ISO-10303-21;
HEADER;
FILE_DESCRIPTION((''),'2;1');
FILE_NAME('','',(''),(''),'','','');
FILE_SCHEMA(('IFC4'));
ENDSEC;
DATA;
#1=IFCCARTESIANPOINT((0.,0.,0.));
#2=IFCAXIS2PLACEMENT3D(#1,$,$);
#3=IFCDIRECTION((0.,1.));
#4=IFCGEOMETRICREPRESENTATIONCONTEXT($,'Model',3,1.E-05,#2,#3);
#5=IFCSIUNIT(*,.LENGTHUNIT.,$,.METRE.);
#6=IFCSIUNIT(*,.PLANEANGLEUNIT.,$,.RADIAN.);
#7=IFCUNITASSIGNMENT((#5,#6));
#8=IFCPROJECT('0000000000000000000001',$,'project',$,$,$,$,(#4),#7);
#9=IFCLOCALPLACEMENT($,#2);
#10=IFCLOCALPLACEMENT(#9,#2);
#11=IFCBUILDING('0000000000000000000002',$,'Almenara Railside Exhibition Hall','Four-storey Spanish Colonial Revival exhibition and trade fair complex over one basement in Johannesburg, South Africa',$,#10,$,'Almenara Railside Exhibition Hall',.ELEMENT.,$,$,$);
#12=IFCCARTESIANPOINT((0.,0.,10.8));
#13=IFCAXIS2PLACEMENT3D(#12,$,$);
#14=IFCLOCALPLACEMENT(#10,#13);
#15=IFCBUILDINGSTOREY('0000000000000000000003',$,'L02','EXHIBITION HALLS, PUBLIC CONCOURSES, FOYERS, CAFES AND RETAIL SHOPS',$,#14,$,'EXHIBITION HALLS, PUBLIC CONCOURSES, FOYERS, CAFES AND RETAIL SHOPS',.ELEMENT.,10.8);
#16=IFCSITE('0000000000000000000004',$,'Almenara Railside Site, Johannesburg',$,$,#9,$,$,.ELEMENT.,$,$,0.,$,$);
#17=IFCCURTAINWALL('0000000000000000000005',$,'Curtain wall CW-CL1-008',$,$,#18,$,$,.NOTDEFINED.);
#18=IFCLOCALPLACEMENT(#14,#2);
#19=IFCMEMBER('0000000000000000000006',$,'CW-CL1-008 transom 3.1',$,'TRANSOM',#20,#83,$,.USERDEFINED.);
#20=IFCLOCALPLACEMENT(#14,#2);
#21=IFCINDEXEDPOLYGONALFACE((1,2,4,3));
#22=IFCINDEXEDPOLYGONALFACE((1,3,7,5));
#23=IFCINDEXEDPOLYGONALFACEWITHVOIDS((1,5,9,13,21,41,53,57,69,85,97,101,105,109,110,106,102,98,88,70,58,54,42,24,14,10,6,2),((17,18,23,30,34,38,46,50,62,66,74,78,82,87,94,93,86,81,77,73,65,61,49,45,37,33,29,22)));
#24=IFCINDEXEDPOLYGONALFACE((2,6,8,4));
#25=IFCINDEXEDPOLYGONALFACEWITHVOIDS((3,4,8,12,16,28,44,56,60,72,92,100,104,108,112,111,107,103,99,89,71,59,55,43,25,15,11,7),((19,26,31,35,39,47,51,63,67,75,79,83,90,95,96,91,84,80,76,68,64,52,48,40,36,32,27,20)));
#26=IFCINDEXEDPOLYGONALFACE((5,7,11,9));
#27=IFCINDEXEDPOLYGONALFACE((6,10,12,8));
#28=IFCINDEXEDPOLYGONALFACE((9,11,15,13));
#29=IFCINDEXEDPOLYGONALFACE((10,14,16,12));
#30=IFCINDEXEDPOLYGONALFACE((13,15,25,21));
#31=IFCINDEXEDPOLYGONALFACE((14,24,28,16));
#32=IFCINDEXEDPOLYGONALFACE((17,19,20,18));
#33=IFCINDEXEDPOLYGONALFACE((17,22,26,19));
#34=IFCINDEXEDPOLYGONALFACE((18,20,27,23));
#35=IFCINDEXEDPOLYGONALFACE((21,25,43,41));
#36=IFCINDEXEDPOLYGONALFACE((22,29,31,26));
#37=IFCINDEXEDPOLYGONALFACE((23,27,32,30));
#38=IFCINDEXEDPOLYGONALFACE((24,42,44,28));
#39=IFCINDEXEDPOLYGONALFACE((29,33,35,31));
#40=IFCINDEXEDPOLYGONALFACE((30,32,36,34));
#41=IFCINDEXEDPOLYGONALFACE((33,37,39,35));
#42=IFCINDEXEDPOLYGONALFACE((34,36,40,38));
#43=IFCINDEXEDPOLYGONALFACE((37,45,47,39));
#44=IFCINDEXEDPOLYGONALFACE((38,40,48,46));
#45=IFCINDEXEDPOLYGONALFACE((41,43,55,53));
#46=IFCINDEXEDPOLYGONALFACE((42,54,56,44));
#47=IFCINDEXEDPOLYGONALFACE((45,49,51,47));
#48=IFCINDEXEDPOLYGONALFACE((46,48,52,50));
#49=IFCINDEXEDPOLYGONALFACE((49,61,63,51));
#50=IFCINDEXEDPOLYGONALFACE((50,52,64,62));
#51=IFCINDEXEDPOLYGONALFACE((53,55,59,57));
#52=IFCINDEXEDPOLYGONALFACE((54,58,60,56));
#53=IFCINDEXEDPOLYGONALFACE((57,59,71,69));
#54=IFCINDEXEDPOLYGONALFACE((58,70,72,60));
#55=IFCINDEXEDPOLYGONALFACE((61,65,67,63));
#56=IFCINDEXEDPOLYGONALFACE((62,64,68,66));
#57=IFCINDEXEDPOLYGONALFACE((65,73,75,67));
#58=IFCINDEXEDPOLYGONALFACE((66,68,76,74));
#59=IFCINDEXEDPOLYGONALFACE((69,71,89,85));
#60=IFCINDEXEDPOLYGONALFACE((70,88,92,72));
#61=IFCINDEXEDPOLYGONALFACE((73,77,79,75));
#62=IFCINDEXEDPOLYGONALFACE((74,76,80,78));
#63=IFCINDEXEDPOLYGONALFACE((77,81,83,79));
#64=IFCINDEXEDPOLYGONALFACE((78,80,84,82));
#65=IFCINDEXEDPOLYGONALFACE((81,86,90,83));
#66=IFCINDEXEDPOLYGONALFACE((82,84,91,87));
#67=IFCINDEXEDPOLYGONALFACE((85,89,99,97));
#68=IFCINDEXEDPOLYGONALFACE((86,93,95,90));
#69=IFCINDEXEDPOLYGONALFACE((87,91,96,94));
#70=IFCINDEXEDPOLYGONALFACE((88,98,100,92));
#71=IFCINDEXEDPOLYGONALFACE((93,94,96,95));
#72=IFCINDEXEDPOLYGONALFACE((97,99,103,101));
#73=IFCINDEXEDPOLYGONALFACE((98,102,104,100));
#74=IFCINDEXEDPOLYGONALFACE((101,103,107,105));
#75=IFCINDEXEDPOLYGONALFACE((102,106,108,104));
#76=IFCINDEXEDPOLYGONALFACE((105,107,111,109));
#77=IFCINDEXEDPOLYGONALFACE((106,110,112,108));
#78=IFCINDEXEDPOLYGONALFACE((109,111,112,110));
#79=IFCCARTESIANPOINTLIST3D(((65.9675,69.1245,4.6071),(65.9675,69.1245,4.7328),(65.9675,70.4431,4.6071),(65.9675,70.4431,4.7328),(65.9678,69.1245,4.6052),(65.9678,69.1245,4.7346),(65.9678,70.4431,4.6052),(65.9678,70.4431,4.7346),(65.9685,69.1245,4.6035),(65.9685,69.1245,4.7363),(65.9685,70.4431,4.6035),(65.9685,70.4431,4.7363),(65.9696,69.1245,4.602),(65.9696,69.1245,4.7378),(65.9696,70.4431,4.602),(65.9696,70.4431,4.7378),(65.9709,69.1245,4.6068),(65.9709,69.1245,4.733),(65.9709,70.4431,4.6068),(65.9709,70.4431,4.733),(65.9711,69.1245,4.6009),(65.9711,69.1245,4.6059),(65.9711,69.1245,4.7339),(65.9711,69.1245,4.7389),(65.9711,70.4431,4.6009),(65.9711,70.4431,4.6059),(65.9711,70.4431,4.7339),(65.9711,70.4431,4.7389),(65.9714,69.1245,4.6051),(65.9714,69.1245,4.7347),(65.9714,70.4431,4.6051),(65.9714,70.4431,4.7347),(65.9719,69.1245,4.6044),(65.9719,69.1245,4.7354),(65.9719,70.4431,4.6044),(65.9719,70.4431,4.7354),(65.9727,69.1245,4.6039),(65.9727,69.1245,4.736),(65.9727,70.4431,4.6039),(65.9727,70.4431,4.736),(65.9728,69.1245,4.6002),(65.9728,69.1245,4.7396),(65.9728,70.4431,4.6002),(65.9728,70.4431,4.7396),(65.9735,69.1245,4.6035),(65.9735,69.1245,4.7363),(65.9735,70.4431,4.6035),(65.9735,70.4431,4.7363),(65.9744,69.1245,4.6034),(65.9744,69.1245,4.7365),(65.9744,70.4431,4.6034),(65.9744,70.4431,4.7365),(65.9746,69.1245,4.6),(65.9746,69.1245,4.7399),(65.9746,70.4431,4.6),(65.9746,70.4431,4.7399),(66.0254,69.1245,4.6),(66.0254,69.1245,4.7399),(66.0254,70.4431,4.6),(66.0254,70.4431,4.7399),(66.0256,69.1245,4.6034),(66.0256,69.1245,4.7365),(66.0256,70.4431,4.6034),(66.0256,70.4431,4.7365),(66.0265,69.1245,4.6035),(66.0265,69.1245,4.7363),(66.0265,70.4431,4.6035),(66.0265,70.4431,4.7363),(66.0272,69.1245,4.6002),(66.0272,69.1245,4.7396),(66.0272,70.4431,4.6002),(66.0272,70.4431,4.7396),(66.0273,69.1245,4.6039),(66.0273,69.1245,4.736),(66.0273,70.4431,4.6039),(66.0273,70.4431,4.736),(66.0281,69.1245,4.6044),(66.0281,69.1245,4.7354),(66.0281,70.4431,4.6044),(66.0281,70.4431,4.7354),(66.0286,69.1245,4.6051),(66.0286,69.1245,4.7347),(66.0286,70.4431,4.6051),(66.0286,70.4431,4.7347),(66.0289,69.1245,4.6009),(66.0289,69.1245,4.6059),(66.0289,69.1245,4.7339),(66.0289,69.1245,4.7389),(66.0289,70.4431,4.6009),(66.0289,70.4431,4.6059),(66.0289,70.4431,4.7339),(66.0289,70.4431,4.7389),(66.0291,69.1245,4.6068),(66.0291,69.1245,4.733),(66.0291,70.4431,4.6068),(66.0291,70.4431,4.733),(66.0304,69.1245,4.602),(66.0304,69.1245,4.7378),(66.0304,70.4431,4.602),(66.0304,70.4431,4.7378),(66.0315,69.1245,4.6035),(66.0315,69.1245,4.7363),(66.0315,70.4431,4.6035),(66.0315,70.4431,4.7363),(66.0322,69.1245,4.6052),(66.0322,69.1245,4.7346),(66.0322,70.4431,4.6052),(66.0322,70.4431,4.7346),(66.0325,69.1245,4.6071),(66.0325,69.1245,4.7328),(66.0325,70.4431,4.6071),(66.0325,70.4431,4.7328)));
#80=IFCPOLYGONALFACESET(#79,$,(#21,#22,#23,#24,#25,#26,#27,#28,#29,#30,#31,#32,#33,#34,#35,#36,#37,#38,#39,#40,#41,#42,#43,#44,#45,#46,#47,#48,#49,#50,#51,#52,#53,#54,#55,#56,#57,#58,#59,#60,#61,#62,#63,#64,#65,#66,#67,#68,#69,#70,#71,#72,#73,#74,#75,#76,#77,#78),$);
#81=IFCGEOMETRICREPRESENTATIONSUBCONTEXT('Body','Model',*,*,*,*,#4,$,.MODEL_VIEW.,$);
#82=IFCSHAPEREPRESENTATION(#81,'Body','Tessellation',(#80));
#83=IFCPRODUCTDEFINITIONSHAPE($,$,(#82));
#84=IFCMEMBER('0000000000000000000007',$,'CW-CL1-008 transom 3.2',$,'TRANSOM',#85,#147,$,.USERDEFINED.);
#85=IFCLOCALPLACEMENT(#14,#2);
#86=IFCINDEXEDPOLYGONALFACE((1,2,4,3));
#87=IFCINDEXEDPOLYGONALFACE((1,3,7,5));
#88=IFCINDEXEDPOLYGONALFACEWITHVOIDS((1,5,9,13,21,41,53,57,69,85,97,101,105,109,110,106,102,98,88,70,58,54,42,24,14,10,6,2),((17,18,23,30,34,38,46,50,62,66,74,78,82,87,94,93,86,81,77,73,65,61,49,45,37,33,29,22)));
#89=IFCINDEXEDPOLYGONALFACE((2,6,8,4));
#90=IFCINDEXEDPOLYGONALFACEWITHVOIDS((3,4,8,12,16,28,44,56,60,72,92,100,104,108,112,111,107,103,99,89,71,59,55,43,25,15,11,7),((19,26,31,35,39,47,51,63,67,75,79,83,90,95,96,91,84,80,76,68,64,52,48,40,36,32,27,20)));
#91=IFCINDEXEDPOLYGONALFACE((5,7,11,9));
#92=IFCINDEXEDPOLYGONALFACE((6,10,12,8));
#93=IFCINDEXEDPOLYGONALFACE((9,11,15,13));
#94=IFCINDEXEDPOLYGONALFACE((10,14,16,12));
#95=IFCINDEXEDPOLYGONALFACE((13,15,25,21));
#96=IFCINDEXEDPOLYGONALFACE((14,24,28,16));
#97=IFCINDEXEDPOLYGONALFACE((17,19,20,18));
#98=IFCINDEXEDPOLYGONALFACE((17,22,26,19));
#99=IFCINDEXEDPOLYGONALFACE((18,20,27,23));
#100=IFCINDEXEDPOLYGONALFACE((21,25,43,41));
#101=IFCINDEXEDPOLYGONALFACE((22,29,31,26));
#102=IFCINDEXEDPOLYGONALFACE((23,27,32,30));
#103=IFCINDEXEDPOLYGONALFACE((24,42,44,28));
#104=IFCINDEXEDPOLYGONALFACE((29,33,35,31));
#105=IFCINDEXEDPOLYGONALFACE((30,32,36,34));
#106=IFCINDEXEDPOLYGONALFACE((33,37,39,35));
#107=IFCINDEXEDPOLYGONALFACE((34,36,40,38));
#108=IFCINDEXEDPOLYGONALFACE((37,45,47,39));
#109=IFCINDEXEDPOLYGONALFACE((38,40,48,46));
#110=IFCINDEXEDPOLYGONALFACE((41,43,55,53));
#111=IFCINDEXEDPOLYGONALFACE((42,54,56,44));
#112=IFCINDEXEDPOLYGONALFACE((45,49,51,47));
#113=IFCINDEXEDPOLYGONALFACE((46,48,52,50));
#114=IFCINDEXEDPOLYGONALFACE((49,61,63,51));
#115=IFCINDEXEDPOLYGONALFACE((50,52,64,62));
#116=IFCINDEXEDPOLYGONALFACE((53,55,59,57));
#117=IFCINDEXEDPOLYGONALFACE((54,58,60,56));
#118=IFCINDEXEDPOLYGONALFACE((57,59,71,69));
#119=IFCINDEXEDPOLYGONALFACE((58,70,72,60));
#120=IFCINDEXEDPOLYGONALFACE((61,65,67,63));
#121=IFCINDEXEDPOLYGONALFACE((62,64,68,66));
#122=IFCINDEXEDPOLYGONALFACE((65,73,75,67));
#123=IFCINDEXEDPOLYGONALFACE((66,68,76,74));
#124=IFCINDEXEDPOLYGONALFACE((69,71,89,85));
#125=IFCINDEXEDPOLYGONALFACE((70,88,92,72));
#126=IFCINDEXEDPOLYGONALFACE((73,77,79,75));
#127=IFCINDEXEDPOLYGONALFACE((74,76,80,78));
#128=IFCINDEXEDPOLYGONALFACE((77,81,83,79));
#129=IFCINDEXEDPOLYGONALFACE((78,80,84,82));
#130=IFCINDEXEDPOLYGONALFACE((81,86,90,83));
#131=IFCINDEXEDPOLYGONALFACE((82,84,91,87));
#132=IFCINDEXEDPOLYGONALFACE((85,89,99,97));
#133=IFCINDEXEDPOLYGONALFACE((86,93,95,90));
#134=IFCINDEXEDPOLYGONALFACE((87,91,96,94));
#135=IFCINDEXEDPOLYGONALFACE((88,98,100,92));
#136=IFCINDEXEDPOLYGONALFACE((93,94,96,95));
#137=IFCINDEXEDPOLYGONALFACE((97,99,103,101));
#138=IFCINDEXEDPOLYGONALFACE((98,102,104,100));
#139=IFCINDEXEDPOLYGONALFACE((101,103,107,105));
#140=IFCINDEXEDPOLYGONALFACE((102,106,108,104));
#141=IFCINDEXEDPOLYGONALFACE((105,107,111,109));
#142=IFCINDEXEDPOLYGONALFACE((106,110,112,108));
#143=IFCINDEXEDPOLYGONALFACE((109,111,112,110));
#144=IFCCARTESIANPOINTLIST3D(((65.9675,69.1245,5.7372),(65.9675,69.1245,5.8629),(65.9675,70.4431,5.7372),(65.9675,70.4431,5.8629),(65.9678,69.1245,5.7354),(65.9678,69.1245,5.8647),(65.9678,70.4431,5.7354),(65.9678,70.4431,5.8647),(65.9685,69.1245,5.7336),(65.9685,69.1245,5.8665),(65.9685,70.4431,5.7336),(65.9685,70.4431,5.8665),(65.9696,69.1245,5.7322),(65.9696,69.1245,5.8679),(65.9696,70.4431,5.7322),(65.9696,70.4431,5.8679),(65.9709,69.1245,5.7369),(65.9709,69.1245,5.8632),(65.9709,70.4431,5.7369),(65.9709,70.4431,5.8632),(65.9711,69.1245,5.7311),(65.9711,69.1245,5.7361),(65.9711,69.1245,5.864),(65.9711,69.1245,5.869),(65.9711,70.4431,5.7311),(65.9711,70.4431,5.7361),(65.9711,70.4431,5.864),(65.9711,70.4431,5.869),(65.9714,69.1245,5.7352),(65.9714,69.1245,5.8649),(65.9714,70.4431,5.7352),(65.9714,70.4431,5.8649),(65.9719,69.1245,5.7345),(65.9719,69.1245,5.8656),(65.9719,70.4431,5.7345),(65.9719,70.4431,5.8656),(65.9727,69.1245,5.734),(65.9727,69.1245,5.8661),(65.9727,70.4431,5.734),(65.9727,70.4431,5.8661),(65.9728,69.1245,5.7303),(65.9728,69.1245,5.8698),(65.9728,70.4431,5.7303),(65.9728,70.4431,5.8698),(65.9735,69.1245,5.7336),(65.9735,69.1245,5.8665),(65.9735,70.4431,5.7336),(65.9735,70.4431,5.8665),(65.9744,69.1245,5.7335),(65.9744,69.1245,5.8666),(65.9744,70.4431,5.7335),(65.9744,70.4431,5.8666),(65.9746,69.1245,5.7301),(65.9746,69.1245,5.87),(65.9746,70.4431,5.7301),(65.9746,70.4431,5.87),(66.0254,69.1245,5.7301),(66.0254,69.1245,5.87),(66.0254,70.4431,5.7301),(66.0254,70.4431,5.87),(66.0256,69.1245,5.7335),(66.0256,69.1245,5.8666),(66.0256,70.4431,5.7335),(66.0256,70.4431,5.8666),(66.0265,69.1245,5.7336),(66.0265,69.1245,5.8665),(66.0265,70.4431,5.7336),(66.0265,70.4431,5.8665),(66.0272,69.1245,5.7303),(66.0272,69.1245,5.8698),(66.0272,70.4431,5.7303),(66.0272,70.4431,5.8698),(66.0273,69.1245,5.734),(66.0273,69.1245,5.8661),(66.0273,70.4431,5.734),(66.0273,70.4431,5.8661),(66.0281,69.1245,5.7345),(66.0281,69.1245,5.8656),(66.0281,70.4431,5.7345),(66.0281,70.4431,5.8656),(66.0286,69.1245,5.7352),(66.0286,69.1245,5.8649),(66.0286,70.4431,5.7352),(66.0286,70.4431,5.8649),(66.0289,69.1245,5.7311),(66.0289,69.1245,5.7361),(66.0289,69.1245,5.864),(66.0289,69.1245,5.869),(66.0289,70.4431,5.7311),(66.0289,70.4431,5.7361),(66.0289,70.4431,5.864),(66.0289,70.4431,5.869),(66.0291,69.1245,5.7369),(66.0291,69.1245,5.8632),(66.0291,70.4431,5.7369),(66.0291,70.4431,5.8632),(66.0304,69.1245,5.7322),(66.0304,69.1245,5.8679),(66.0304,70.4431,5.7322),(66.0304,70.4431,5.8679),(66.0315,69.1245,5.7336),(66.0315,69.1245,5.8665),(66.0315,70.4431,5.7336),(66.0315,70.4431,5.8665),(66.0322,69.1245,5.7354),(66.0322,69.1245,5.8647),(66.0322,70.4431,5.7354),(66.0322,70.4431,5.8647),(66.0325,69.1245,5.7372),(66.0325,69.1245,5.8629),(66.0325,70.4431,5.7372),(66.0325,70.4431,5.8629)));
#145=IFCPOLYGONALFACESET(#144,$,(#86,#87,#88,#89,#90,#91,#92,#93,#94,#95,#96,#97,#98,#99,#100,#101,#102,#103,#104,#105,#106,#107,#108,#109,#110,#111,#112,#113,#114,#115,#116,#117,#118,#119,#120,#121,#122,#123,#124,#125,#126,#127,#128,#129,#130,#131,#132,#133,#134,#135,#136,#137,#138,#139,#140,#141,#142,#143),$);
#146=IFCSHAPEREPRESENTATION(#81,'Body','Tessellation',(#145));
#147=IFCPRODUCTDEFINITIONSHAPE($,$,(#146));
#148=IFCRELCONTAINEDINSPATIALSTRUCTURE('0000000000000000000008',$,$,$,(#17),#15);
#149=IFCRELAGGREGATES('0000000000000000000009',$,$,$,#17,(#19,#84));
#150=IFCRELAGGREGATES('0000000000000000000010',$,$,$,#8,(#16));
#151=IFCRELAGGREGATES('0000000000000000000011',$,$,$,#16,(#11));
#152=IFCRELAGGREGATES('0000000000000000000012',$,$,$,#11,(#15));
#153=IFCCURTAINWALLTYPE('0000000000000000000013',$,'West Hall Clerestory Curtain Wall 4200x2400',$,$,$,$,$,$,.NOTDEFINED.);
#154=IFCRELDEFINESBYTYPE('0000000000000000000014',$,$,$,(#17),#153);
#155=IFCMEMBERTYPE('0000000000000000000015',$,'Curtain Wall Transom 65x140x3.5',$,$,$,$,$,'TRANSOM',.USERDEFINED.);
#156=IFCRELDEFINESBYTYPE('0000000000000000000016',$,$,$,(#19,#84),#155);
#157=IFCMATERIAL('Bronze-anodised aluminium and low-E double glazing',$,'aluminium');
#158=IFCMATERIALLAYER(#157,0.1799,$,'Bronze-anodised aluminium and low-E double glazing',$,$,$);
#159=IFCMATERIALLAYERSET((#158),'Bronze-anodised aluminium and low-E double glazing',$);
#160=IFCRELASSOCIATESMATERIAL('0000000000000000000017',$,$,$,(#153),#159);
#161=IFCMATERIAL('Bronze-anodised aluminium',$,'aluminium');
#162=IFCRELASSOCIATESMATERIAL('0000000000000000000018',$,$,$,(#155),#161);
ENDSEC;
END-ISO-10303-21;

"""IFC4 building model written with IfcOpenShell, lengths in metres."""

from ifc_helpers import new_model, si_unit, direction, frame, origin, origin_2d, place, context, subcontext, project, spatial, hollow_rectangle, extrude, material, layer, layer_set, material_profile, profile_set, type_object, element, aggregate, save


model = new_model("IFC4")

# Units and contexts
model_context = context("Model", 3, precision=1e-05, world=origin(), true_north=direction((0.0, 1.0)))
body_context = subcontext(model_context, "Body", "Model", "MODEL_VIEW")
ifc_project = project(units=[si_unit("LENGTHUNIT", "METRE"), si_unit("PLANEANGLEUNIT", "RADIAN")], contexts=[model_context])

# Site, building, storey
site_placement = place(None, origin())
site = spatial("IfcSite", under=ifc_project, at=site_placement, Name="Almenara Railside Site, Johannesburg", CompositionType="ELEMENT", RefElevation=0.0)
building_placement = place(site_placement, origin())
building = spatial("IfcBuilding", under=site, at=building_placement, Name="Almenara Railside Exhibition Hall", Description="Four-storey Spanish Colonial Revival exhibition and trade fair complex over one basement in Johannesburg, South Africa", LongName="Almenara Railside Exhibition Hall", CompositionType="ELEMENT")
storey_placement = place(building_placement, frame((0.0, 0.0, 10.8)))
storey = spatial("IfcBuildingStorey", under=building, at=storey_placement, Name="L02", Description="EXHIBITION HALLS, PUBLIC CONCOURSES, FOYERS, CAFES AND RETAIL SHOPS", LongName="EXHIBITION HALLS, PUBLIC CONCOURSES, FOYERS, CAFES AND RETAIL SHOPS", CompositionType="ELEMENT", Elevation=10.8)

# Curtain wall
ifc_material_1 = material(Name="Bronze-anodised aluminium and low-E double glazing", Category="aluminium")
ifc_layer_1 = layer(ifc_material_1, 0.1799, Name="Bronze-anodised aluminium and low-E double glazing")
ifc_layer_set_1 = layer_set([ifc_layer_1], Name="Bronze-anodised aluminium and low-E double glazing")
curtain_wall_type_1 = type_object("IfcCurtainWallType", Name="West Hall Clerestory Curtain Wall 4200x2400", PredefinedType="NOTDEFINED", material=ifc_layer_set_1)
curtain_wall_1_placement = place(storey_placement, origin())
curtain_wall_1 = element("IfcCurtainWall", 1, at=curtain_wall_1_placement, inside=storey, type_object=curtain_wall_type_1, Name="Curtain wall CW-CL1-008", PredefinedType="NOTDEFINED")
ifc_material_2 = material(Name="Bronze-anodised aluminium", Category="aluminium")

# Members
ifc_material_profile_1 = material_profile(ifc_material_2, hollow_rectangle(XDim=0.0649, YDim=0.1399, WallThickness=0.0034, InnerFilletRadius=0.0034, OuterFilletRadius=0.0071, at=origin_2d()), Name="ALU-TRN 65x140x3.5")
ifc_profile_set_1 = profile_set([ifc_material_profile_1], Name="Bronze-anodised aluminium")
member_type_1 = type_object("IfcMemberType", Name="Curtain Wall Transom 65x140x3.5", ElementType="TRANSOM", PredefinedType="USERDEFINED", material=ifc_profile_set_1)
member_1_placement = place(storey_placement, frame((66.0, 69.1245, 4.6699), z_axis=(0.0, 1.0, 0.0), x_axis=(-1.0, 0.0, 0.0)))
member_1 = element("IfcMember", 2, at=member_1_placement, type_object=member_type_1, Name="CW-CL1-008 transom 3.1", ObjectType="TRANSOM", PredefinedType="USERDEFINED", context=body_context, shape_type="SweptSolid", body=[
    extrude(hollow_rectangle(XDim=0.0649, YDim=0.1399, WallThickness=0.0034, InnerFilletRadius=0.0034, OuterFilletRadius=0.0071, at=origin_2d()), origin(), (0.0, 0.0, 1.0), 1.3186),
])
member_2_placement = place(storey_placement, frame((66.0, 69.1245, 5.8), z_axis=(0.0, 1.0, 0.0), x_axis=(-1.0, 0.0, 0.0)))
member_2 = element("IfcMember", 3, at=member_2_placement, type_object=member_type_1, Name="CW-CL1-008 transom 3.2", ObjectType="TRANSOM", PredefinedType="USERDEFINED", context=body_context, shape_type="SweptSolid", body=[
    extrude(hollow_rectangle(XDim=0.0649, YDim=0.1399, WallThickness=0.0034, InnerFilletRadius=0.0034, OuterFilletRadius=0.0071, at=origin_2d()), origin(), (0.0, 0.0, 1.0), 1.3186),
])

aggregate(curtain_wall_1, [member_1, member_2])

save(model, "model.ifc")
